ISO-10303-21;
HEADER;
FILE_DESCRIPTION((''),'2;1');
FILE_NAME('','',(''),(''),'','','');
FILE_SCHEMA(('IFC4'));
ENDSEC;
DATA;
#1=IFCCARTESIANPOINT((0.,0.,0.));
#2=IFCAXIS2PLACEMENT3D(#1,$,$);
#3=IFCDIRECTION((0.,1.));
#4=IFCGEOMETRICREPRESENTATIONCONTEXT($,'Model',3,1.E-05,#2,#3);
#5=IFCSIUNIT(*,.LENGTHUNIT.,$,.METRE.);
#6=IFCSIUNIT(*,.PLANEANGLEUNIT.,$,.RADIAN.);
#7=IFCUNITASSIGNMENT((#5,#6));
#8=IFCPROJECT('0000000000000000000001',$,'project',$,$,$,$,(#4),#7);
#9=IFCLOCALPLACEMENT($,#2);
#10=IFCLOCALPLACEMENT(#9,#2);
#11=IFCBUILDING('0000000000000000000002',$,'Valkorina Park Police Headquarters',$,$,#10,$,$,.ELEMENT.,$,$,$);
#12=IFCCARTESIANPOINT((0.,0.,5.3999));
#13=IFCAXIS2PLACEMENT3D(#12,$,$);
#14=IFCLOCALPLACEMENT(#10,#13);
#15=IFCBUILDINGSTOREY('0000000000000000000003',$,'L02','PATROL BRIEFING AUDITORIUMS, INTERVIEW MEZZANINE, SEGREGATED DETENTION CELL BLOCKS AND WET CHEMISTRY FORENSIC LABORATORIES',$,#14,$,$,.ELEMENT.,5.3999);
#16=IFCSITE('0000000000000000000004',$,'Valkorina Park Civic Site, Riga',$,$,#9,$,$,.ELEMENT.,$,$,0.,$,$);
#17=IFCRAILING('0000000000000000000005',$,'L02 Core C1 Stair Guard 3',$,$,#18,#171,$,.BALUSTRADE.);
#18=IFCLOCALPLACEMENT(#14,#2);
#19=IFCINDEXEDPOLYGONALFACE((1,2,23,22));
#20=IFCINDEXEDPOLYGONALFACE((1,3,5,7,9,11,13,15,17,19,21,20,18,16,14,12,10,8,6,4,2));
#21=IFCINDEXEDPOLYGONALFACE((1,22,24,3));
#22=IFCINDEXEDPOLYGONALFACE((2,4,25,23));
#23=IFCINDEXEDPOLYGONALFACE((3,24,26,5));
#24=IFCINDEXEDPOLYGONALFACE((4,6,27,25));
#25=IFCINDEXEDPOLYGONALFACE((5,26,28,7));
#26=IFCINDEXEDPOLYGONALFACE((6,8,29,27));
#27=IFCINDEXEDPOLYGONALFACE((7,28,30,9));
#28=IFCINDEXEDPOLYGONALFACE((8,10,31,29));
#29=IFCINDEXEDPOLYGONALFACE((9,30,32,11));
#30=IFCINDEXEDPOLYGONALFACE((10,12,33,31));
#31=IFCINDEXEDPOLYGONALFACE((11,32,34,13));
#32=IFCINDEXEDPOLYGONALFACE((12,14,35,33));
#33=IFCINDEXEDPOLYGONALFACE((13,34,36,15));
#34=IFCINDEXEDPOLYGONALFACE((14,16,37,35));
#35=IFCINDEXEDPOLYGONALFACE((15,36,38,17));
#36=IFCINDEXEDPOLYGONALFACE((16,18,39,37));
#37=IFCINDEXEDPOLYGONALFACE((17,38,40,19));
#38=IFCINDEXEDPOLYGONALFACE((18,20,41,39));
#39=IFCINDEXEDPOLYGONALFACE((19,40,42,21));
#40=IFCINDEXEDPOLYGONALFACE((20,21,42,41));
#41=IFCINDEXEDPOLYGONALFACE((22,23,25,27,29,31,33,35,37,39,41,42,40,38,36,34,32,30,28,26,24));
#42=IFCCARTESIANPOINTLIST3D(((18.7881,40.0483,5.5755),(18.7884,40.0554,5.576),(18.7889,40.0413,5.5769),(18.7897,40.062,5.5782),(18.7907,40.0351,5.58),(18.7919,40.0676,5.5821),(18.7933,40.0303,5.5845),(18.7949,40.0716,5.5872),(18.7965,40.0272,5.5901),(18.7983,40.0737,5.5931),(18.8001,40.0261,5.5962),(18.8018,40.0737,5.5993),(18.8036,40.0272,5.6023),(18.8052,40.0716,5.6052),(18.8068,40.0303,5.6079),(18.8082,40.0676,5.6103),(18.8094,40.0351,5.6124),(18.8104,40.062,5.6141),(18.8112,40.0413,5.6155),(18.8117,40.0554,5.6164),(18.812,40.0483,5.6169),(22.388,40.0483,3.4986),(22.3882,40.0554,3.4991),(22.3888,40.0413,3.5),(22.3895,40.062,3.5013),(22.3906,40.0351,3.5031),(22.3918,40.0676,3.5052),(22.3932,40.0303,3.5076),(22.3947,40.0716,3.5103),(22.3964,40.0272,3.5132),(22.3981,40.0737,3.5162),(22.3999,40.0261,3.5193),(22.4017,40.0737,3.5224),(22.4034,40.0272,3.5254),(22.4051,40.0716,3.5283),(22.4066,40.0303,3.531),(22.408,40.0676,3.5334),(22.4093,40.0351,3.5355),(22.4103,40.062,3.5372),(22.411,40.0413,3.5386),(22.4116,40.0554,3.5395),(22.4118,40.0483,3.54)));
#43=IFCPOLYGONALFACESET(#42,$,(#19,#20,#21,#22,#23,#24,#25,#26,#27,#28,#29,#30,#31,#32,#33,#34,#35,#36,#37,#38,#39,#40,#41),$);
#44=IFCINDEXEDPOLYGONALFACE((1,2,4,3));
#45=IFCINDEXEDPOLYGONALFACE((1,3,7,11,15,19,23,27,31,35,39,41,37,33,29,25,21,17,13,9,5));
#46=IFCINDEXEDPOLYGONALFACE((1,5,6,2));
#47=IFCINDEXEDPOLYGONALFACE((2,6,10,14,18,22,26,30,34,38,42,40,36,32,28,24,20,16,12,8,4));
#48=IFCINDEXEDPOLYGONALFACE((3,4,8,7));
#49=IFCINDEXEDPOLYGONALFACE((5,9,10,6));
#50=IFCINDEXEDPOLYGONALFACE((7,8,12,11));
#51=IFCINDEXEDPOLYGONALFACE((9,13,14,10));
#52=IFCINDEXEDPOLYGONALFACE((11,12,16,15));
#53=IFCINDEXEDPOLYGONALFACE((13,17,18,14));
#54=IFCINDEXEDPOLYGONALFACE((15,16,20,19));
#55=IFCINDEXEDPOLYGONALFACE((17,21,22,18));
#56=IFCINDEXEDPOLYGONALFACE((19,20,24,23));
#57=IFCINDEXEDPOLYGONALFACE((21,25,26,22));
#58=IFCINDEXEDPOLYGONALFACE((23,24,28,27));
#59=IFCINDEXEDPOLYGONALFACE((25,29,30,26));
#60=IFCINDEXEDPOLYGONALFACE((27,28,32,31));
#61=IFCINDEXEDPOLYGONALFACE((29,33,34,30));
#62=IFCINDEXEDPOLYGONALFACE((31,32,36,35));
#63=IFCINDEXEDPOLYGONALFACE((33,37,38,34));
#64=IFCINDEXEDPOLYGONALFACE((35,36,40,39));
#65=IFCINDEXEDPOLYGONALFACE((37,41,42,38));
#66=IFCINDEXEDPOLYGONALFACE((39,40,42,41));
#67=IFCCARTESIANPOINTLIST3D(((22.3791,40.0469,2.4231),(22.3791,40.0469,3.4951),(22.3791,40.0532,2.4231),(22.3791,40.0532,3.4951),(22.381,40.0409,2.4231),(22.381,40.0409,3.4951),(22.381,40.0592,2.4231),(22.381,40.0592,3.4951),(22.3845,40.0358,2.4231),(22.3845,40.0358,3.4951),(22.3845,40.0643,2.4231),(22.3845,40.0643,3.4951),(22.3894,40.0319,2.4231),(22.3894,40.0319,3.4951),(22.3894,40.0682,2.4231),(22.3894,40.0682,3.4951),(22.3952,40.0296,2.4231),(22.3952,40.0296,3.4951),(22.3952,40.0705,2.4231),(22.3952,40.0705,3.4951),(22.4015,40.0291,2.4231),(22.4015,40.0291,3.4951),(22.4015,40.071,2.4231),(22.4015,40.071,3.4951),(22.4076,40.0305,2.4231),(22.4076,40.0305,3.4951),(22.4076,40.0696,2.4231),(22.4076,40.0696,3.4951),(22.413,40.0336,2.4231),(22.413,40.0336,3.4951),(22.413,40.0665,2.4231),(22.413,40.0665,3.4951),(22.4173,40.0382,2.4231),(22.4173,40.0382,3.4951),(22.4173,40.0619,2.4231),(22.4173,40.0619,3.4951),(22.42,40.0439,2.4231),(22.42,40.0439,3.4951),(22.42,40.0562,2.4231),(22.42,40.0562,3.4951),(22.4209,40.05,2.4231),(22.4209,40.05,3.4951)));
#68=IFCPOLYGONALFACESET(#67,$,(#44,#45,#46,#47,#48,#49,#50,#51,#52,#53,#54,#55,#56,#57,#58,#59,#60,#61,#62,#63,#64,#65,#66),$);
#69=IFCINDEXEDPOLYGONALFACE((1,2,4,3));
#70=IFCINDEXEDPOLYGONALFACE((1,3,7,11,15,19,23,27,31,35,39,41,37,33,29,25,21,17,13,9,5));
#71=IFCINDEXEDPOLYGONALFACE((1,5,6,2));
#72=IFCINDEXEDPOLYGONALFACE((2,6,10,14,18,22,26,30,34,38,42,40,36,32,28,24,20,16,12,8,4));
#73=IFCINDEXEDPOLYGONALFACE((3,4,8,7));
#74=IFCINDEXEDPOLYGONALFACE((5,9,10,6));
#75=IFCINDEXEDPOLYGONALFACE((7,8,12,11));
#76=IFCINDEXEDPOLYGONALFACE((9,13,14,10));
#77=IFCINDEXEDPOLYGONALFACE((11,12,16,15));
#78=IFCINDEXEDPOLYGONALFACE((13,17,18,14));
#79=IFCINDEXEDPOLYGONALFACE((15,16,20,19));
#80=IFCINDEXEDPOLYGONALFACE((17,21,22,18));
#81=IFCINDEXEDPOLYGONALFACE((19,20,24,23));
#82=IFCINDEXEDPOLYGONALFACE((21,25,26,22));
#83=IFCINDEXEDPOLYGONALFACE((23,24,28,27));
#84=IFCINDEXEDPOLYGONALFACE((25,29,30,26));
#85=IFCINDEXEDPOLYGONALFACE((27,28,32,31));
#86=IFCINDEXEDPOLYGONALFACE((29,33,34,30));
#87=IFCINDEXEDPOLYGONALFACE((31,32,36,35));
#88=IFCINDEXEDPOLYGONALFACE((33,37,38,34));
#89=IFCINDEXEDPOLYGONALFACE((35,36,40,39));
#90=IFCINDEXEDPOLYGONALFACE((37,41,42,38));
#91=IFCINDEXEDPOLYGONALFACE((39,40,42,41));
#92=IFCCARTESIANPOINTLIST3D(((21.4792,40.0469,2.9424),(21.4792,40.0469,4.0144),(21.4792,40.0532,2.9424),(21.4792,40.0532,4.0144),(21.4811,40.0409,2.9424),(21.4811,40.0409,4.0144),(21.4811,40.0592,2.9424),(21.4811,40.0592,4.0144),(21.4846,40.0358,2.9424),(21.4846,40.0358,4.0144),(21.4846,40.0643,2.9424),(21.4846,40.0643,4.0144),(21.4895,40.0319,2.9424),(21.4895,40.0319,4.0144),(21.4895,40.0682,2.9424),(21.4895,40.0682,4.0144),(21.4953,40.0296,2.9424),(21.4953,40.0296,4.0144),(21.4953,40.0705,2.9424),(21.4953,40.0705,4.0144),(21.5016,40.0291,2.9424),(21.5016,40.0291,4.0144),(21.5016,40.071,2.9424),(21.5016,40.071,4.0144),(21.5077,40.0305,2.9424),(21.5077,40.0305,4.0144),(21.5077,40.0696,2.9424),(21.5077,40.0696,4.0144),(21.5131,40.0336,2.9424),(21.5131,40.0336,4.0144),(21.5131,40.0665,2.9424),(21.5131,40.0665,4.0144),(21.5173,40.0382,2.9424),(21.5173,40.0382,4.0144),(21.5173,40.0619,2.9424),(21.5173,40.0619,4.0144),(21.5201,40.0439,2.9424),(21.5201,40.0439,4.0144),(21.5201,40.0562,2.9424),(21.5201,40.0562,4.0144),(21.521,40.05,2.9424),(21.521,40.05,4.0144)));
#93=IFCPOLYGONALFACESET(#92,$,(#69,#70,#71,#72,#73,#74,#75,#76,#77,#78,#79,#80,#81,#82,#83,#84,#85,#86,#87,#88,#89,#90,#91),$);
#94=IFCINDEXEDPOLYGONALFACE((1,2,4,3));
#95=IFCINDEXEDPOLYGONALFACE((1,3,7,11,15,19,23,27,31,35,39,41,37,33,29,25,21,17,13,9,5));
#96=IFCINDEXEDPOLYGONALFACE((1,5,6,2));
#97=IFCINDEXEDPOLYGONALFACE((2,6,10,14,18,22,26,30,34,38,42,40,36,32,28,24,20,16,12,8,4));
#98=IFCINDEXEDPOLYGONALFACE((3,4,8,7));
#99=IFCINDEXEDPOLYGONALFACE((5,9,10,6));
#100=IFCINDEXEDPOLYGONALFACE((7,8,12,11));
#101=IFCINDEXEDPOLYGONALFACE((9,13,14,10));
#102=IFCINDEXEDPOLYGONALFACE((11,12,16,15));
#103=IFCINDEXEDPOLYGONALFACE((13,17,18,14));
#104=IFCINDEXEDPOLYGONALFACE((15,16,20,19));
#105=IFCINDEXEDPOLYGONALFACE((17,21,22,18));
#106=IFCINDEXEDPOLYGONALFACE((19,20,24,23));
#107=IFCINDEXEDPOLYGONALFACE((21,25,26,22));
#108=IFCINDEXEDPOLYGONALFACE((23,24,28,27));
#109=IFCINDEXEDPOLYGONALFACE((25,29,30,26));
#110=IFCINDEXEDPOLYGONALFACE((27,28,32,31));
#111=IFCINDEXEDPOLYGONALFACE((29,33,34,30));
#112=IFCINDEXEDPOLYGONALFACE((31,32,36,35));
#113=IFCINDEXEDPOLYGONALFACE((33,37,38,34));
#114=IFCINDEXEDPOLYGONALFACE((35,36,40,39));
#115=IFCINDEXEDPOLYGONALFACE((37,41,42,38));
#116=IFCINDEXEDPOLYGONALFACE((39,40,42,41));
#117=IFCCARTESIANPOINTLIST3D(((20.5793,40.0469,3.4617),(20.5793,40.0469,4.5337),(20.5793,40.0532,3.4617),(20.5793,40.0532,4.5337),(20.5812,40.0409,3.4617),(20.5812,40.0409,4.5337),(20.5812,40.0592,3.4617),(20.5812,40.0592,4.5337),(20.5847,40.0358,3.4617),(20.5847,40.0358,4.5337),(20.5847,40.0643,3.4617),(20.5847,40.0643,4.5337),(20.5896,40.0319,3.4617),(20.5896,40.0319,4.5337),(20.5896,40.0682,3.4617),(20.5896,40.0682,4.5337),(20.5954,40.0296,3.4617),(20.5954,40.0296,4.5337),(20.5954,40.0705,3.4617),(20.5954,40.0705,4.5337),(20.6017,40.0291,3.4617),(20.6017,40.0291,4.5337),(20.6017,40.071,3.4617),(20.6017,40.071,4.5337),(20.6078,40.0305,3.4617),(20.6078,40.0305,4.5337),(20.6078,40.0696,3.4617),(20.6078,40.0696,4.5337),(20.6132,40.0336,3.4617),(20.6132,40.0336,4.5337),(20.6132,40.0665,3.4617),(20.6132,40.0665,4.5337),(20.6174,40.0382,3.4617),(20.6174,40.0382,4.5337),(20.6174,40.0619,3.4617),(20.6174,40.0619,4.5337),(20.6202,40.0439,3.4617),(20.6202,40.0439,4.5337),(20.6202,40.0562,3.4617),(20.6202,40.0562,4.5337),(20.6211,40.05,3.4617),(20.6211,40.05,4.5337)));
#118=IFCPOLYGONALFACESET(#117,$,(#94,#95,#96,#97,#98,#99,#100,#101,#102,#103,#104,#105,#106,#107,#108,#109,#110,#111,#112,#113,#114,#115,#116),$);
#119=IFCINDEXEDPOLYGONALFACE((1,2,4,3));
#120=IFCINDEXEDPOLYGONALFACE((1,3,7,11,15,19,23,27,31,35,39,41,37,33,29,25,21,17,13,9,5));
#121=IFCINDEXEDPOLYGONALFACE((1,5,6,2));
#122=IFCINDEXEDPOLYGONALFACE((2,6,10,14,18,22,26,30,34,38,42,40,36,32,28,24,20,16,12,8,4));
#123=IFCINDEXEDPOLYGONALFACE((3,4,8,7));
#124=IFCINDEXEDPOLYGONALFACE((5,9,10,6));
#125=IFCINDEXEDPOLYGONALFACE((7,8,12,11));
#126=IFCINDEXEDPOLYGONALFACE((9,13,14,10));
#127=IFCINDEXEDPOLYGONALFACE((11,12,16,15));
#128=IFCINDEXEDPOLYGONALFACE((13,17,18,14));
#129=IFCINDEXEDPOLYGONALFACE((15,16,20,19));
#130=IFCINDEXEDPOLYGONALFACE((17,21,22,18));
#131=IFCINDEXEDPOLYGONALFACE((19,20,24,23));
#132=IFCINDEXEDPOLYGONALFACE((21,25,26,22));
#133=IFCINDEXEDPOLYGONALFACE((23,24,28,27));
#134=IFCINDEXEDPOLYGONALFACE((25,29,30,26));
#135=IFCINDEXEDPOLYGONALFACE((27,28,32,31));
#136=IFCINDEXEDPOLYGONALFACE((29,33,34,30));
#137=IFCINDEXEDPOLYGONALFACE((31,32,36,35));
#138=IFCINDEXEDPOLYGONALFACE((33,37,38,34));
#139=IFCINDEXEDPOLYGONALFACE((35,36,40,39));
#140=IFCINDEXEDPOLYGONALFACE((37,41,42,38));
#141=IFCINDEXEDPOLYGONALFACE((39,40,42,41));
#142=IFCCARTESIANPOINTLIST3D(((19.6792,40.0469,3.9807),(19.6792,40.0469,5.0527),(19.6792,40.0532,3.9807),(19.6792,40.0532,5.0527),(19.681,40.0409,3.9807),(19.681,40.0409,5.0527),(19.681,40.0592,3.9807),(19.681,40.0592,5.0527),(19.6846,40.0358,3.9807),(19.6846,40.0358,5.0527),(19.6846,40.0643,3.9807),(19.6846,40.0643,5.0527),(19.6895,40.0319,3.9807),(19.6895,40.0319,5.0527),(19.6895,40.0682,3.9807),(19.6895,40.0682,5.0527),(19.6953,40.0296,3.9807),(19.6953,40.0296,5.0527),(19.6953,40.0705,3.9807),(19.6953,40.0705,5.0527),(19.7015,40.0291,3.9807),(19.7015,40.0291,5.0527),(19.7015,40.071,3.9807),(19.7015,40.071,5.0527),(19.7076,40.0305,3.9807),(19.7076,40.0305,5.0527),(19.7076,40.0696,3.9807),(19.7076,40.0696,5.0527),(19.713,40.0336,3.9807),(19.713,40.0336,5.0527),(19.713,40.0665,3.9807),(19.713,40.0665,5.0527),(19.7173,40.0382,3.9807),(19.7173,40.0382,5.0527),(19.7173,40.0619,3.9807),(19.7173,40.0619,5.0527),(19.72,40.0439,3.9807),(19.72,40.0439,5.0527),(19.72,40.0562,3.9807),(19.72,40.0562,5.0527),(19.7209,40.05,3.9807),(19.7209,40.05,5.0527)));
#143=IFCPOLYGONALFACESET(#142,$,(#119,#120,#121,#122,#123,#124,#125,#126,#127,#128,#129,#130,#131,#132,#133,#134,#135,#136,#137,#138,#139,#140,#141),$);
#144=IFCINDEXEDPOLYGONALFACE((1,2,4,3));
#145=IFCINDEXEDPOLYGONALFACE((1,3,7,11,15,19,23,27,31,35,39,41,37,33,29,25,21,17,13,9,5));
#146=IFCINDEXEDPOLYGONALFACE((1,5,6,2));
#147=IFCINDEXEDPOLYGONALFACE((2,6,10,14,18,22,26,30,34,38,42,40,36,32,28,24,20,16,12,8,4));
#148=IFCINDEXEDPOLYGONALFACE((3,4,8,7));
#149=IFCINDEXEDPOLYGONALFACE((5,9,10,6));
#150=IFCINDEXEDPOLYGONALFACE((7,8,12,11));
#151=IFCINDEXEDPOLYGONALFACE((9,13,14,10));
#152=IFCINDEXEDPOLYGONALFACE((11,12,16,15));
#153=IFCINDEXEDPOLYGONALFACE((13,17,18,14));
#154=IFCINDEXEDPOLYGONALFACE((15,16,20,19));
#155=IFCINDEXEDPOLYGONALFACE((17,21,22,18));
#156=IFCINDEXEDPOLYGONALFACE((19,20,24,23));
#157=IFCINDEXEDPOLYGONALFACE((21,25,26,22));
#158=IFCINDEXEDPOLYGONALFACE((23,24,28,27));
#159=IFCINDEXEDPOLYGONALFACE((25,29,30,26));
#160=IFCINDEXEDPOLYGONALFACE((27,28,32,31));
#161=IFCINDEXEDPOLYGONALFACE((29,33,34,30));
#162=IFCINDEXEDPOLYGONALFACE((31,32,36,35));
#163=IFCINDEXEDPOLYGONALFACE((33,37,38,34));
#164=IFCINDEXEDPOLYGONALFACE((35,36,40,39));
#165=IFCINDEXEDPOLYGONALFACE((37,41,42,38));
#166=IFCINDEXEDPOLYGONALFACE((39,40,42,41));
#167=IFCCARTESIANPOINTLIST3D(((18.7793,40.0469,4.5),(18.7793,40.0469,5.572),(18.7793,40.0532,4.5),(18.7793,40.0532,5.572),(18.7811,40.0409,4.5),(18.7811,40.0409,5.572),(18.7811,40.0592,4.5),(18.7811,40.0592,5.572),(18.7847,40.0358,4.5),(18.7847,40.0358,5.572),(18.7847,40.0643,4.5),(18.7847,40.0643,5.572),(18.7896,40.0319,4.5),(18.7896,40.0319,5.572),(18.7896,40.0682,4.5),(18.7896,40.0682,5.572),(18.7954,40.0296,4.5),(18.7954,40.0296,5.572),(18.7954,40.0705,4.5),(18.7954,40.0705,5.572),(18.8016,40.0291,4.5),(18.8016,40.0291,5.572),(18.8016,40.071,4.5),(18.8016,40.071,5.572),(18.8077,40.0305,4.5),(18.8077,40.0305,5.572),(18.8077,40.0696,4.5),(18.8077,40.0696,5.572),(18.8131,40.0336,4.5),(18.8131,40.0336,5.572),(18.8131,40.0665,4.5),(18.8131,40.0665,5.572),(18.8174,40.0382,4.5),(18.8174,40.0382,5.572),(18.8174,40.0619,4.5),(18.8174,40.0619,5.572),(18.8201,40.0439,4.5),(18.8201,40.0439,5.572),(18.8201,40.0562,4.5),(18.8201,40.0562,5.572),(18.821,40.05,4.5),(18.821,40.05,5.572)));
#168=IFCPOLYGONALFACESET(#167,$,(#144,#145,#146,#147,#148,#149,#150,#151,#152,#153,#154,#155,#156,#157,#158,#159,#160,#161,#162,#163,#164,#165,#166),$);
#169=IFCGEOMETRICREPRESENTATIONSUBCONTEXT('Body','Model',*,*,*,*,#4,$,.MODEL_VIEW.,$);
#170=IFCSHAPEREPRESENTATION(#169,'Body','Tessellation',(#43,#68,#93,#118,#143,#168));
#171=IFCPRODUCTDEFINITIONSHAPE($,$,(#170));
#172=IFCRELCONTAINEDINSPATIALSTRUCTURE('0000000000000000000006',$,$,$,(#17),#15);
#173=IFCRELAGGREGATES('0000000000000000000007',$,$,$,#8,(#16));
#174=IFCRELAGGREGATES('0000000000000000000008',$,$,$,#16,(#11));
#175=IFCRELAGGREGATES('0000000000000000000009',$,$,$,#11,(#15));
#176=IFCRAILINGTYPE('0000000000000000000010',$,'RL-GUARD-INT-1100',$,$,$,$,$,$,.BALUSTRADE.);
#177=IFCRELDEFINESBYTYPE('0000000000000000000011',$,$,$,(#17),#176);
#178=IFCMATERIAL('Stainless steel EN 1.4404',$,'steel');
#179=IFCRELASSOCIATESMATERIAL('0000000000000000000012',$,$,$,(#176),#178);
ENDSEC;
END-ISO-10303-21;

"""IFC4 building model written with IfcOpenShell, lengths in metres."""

from ifc_helpers import new_model, si_unit, direction, frame, origin, origin_2d, place, context, subcontext, project, spatial, circle, extrude, material, type_object, element, save


model = new_model("IFC4")

# Units and contexts
model_context = context("Model", 3, precision=1e-05, world=origin(), true_north=direction((0.0, 1.0)))
body_context = subcontext(model_context, "Body", "Model", "MODEL_VIEW")
ifc_project = project(units=[si_unit("LENGTHUNIT", "METRE"), si_unit("PLANEANGLEUNIT", "RADIAN")], contexts=[model_context])

# Site, building, storey
site_placement = place(None, origin())
site = spatial("IfcSite", under=ifc_project, at=site_placement, Name="Valkorina Park Civic Site, Riga", CompositionType="ELEMENT", RefElevation=0.0)
building_placement = place(site_placement, origin())
building = spatial("IfcBuilding", under=site, at=building_placement, Name="Valkorina Park Police Headquarters", CompositionType="ELEMENT")
storey_placement = place(building_placement, frame((0.0, 0.0, 5.3999)))
storey = spatial("IfcBuildingStorey", under=building, at=storey_placement, Name="L02", Description="PATROL BRIEFING AUDITORIUMS, INTERVIEW MEZZANINE, SEGREGATED DETENTION CELL BLOCKS AND WET CHEMISTRY FORENSIC LABORATORIES", CompositionType="ELEMENT", Elevation=5.3999)

# Shared definitions
ifc_material_1 = material(Name="Stainless steel EN 1.4404", Category="steel")

# Railing
railing_type_1 = type_object("IfcRailingType", Name="RL-GUARD-INT-1100", PredefinedType="BALUSTRADE", material=ifc_material_1)
railing_1_placement = place(storey_placement, frame((22.3999, 40.05, 2.4231)))
element("IfcRailing", 1, at=railing_1_placement, inside=storey, type_object=railing_type_1, Name="L02 Core C1 Stair Guard 3", PredefinedType="BALUSTRADE", context=body_context, shape_type="SweptSolid", body=[
    extrude(circle(Radius=0.0239, at=origin_2d()), frame((0.0, 0.0, 1.0962), z_axis=(-0.866179, 0.0, 0.499734), x_axis=(0.0, -1.0, 0.0)), (0.0, 0.0, 1.0), 4.156),
    extrude(circle(Radius=0.021, at=origin_2d()), origin(), (0.0, 0.0, 1.0), 1.072),
    extrude(circle(Radius=0.021, at=origin_2d()), frame((-0.8999, 0.0, 0.5193)), (0.0, 0.0, 1.0), 1.072),
    extrude(circle(Radius=0.021, at=origin_2d()), frame((-1.7998, 0.0, 1.0386)), (0.0, 0.0, 1.0), 1.072),
    extrude(circle(Radius=0.021, at=origin_2d()), frame((-2.7, 0.0, 1.5576)), (0.0, 0.0, 1.0), 1.072),
    extrude(circle(Radius=0.021, at=origin_2d()), frame((-3.5999, 0.0, 2.0769)), (0.0, 0.0, 1.0), 1.072),
])

save(model, "model.ifc")
